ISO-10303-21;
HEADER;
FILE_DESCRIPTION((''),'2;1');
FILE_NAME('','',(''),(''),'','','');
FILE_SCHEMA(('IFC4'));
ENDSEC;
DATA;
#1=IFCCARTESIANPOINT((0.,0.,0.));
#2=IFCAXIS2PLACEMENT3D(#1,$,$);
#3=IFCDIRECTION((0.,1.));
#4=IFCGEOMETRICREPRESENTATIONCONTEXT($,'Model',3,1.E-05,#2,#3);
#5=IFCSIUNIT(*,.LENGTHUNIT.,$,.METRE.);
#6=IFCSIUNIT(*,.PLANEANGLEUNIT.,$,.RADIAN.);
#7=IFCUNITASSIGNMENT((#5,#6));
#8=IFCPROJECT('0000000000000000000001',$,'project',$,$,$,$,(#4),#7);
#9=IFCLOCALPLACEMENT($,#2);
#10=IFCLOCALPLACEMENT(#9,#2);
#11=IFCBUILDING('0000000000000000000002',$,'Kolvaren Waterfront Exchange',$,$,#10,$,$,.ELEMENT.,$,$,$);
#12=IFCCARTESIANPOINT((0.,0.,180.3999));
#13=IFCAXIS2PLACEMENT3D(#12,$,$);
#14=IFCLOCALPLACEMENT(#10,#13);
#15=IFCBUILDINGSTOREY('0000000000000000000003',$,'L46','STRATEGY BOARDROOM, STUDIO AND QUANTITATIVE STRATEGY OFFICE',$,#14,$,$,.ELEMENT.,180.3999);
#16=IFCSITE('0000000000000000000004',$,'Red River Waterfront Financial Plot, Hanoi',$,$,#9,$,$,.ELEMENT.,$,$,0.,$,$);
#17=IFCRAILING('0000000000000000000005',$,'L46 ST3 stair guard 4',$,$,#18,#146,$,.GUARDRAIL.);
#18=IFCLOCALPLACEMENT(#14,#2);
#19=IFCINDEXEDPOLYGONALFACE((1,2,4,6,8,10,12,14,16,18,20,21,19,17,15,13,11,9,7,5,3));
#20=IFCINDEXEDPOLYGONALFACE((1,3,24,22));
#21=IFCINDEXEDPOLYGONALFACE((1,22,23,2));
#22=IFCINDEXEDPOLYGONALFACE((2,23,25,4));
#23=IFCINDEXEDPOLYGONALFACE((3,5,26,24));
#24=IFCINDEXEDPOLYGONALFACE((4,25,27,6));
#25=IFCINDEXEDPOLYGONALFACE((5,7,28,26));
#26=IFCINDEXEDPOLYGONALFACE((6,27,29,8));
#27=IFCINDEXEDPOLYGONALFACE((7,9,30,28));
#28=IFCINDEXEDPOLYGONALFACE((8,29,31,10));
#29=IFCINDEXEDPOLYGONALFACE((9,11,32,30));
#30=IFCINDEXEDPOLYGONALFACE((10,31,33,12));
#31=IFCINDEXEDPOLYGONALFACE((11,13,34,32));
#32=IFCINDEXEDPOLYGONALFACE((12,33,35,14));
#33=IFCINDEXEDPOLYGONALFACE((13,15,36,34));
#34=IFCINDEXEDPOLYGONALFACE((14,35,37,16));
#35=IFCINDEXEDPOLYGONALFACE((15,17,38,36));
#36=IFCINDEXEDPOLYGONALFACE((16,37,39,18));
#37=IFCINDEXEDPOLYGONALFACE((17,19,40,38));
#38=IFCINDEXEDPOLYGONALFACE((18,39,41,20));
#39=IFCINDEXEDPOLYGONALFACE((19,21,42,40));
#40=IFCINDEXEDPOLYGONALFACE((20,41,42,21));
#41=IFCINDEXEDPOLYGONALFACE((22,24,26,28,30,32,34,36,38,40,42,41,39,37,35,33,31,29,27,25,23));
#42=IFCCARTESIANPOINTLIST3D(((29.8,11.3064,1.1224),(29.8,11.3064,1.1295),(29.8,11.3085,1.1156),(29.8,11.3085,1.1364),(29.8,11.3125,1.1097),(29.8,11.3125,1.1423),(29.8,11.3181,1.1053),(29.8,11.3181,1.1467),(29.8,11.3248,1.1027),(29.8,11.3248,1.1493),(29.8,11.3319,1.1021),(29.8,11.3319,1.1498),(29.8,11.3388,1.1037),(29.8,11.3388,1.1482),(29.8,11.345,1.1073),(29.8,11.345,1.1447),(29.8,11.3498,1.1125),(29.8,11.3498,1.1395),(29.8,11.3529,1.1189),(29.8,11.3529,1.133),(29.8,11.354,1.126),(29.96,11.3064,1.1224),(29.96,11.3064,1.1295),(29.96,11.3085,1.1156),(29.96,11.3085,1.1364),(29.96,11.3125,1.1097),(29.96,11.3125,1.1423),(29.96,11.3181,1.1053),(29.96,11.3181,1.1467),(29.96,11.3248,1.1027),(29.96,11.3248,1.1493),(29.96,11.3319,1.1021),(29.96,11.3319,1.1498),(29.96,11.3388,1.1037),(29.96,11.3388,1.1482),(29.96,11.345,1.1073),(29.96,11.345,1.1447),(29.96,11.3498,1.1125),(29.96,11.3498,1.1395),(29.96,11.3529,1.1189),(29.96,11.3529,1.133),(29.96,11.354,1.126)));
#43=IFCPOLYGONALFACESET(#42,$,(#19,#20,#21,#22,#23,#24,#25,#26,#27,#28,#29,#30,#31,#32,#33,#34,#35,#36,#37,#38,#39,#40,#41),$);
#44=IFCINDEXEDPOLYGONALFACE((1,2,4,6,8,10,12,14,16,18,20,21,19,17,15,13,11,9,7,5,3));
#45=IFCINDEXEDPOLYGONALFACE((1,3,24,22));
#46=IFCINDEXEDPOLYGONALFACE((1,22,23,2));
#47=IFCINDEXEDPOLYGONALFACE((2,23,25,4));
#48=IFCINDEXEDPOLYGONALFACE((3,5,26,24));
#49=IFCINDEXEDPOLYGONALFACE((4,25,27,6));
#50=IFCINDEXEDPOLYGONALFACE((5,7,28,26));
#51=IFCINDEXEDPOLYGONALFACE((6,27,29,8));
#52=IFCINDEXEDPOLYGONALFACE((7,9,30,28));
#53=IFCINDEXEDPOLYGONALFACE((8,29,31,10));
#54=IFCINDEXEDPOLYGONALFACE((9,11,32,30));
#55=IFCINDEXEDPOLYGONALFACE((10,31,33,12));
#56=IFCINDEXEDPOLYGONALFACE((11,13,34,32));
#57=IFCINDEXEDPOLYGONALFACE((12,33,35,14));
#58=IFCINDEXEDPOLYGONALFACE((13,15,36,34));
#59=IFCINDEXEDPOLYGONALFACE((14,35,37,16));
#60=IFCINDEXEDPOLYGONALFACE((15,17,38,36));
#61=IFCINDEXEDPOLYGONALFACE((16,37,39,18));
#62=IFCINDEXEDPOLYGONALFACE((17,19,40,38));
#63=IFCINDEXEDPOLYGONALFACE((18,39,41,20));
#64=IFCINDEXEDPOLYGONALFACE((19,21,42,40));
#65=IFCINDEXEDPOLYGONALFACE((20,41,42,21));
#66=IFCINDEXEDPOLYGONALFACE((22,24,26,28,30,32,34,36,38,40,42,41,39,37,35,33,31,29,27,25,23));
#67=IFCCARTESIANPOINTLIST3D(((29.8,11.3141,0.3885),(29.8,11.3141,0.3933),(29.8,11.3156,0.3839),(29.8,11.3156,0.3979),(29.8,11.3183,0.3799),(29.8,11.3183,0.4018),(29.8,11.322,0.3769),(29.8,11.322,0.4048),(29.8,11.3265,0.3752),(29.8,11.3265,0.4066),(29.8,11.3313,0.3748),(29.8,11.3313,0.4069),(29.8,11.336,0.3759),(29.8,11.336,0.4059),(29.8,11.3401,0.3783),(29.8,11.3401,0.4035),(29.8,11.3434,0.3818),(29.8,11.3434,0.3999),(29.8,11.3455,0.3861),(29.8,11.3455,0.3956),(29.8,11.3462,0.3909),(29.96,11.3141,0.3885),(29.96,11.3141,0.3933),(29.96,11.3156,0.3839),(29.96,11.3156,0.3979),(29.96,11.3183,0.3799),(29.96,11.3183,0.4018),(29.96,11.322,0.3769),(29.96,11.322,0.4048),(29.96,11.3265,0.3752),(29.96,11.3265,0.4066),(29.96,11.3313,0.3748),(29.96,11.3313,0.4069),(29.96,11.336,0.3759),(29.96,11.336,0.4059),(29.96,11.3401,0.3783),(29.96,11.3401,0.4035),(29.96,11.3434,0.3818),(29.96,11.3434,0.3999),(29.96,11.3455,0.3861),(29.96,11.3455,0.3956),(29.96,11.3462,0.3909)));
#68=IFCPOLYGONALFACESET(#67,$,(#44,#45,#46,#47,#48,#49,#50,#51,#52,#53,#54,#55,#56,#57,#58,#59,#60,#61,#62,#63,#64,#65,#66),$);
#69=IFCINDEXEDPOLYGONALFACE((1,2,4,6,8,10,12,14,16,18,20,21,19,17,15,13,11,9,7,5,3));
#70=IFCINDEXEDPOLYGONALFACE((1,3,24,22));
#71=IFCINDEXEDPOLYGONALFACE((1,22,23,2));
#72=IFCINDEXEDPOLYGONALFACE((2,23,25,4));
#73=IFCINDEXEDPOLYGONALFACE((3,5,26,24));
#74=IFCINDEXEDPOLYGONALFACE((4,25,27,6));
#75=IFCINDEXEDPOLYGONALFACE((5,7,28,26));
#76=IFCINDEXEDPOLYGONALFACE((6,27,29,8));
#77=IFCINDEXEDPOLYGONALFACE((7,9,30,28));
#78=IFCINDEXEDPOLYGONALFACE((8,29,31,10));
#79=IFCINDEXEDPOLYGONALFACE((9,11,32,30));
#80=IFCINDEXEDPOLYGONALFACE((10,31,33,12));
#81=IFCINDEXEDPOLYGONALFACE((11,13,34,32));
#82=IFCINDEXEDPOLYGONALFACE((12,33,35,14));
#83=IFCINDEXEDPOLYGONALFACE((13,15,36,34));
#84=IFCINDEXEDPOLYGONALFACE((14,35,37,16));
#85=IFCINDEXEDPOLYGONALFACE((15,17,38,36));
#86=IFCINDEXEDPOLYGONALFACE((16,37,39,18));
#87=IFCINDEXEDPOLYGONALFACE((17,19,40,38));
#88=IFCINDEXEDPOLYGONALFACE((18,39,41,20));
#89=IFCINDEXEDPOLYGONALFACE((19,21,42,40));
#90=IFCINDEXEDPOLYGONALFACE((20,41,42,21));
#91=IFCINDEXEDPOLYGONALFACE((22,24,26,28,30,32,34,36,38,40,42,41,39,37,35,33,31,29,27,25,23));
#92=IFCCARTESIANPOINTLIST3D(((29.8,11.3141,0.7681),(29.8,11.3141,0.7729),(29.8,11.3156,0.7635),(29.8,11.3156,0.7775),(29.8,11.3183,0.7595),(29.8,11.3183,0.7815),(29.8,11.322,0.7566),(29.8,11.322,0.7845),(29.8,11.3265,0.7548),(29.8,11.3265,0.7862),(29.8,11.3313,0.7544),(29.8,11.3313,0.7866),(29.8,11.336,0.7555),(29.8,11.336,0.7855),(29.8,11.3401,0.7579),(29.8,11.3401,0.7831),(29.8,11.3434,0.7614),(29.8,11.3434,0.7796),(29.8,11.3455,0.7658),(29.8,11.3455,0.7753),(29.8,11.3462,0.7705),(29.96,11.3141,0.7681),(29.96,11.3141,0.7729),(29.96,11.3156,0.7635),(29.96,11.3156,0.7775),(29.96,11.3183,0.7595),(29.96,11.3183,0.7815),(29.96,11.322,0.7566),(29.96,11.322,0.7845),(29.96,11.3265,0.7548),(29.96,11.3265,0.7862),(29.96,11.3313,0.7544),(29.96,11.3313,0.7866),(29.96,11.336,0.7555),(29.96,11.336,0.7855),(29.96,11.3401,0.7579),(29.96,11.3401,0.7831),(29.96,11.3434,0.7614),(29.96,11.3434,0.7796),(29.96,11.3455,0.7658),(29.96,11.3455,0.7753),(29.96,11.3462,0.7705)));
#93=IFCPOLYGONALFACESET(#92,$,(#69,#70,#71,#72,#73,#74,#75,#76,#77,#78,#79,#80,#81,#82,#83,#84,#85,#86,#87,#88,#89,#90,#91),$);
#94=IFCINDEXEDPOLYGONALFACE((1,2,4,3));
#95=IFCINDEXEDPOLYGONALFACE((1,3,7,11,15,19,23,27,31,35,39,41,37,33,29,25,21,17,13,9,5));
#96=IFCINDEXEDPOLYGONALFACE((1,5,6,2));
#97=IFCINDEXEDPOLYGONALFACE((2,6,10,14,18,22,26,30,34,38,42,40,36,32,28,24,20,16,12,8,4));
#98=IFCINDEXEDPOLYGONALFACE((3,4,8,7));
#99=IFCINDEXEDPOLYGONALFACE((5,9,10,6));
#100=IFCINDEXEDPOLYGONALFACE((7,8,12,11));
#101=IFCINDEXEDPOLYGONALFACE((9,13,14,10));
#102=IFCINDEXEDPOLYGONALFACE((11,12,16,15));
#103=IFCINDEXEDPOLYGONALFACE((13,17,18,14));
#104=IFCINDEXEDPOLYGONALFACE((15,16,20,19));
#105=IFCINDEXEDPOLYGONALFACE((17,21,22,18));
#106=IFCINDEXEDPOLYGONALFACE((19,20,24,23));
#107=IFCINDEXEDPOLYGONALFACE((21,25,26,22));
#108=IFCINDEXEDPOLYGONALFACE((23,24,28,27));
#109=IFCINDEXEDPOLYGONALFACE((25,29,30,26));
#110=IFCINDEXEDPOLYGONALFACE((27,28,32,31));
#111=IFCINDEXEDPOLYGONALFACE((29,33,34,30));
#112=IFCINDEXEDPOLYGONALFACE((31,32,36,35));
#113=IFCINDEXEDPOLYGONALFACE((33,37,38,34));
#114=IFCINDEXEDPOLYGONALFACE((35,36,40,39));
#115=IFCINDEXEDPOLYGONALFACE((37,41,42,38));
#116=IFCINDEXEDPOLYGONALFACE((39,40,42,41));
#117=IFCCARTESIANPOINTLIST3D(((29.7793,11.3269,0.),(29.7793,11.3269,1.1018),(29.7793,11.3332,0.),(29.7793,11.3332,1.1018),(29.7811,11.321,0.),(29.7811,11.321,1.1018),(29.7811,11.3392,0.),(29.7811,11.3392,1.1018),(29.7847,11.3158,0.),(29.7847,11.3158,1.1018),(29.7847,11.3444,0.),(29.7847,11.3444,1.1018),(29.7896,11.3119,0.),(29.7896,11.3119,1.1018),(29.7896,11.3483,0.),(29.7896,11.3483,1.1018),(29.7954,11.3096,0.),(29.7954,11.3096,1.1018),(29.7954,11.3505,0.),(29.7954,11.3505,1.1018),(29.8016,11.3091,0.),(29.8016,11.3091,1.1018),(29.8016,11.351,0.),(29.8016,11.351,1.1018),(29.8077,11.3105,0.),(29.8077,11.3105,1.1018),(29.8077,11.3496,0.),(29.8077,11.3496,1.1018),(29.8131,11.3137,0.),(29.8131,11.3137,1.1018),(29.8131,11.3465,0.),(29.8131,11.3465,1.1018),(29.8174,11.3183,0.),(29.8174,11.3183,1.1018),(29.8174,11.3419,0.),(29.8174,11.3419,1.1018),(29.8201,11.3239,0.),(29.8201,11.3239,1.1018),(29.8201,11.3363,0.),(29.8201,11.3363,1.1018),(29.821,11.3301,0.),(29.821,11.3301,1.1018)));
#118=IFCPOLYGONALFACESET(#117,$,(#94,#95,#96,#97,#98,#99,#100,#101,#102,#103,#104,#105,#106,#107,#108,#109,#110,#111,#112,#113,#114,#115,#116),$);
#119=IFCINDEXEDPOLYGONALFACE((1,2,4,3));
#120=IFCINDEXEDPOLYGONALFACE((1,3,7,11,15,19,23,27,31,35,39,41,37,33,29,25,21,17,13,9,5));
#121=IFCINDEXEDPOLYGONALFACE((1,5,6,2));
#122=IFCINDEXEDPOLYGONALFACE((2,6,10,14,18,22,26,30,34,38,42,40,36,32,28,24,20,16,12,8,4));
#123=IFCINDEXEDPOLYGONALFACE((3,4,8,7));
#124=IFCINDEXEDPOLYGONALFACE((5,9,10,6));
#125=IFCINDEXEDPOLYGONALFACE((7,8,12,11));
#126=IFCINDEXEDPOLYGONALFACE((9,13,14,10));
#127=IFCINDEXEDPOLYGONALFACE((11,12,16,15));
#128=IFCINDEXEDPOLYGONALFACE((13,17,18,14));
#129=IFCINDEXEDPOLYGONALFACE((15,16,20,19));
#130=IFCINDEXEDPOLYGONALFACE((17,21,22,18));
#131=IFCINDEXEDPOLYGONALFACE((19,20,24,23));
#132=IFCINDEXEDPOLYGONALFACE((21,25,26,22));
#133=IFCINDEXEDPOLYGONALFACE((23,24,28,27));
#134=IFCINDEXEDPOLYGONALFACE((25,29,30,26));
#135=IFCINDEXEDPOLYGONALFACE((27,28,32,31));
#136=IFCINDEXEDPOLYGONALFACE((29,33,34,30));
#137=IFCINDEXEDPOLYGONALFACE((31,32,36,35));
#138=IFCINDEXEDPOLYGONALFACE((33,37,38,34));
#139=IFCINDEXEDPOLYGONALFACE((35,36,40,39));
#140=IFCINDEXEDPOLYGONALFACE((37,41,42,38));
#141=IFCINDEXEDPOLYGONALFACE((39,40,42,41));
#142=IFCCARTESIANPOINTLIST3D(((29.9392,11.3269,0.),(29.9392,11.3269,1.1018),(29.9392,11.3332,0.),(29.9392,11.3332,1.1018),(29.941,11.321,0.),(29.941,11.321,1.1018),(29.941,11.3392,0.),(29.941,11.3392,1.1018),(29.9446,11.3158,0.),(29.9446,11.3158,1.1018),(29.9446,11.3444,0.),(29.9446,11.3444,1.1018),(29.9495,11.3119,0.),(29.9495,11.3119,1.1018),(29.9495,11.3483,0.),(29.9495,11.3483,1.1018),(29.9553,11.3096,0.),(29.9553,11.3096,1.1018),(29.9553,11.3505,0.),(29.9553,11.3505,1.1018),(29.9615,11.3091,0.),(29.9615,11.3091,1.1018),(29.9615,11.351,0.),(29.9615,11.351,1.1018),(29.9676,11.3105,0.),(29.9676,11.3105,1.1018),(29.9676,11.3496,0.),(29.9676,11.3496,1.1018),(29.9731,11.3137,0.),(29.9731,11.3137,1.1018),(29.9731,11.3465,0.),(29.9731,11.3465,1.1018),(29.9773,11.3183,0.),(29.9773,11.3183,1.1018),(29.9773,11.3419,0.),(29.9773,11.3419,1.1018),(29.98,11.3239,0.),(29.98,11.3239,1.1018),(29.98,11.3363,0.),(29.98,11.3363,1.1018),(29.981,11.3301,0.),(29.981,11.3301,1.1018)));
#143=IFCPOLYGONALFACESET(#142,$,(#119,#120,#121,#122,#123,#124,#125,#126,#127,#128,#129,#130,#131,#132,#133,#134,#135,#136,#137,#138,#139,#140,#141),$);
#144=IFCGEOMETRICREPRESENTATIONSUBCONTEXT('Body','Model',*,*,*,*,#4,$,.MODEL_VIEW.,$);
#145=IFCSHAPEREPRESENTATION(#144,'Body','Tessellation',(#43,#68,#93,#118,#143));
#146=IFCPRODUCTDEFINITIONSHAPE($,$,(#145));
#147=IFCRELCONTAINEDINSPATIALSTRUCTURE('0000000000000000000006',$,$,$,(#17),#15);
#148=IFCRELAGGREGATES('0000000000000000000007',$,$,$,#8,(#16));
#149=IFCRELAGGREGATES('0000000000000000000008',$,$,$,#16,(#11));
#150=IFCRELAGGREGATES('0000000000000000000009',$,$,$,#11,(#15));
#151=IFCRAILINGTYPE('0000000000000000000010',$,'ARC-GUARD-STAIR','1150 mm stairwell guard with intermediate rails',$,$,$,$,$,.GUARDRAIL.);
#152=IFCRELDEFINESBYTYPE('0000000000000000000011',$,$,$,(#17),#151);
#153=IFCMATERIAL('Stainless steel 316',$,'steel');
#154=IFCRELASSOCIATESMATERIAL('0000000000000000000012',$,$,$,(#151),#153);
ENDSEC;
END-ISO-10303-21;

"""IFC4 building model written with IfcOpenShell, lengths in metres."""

from ifc_helpers import new_model, si_unit, direction, frame, origin, origin_2d, place, context, subcontext, project, spatial, circle, extrude, material, type_object, element, save


model = new_model("IFC4")

# Units and contexts
model_context = context("Model", 3, precision=1e-05, world=origin(), true_north=direction((0.0, 1.0)))
body_context = subcontext(model_context, "Body", "Model", "MODEL_VIEW")
ifc_project = project(units=[si_unit("LENGTHUNIT", "METRE"), si_unit("PLANEANGLEUNIT", "RADIAN")], contexts=[model_context])

# Site, building, storey
site_placement = place(None, origin())
site = spatial("IfcSite", under=ifc_project, at=site_placement, Name="Red River Waterfront Financial Plot, Hanoi", CompositionType="ELEMENT", RefElevation=0.0)
building_placement = place(site_placement, origin())
building = spatial("IfcBuilding", under=site, at=building_placement, Name="Kolvaren Waterfront Exchange", CompositionType="ELEMENT")
storey_placement = place(building_placement, frame((0.0, 0.0, 180.3999)))
storey = spatial("IfcBuildingStorey", under=building, at=storey_placement, Name="L46", Description="STRATEGY BOARDROOM, STUDIO AND QUANTITATIVE STRATEGY OFFICE", CompositionType="ELEMENT", Elevation=180.3999)

# Railing
ifc_material_1 = material(Name="Stainless steel 316", Category="steel")
railing_type_1 = type_object("IfcRailingType", Name="ARC-GUARD-STAIR", Description="1150 mm stairwell guard with intermediate rails", PredefinedType="GUARDRAIL", material=ifc_material_1)
railing_1_placement = place(storey_placement, frame((29.8, 11.3301, 0.0)))
element("IfcRailing", 1, at=railing_1_placement, inside=storey, type_object=railing_type_1, Name="L46 ST3 stair guard 4", PredefinedType="GUARDRAIL", context=body_context, shape_type="SweptSolid", body=[
    extrude(circle(Radius=0.0239, at=origin_2d()), frame((0.0, 0.0, 1.126), z_axis=(1.0, 0.0, 0.0), x_axis=(0.0, 1.0, 0.0)), (0.0, 0.0, 1.0), 0.1599),
    extrude(circle(Radius=0.0161, at=origin_2d()), frame((0.0, 0.0, 0.3909), z_axis=(1.0, 0.0, 0.0), x_axis=(0.0, 1.0, 0.0)), (0.0, 0.0, 1.0), 0.1599),
    extrude(circle(Radius=0.0161, at=origin_2d()), frame((0.0, 0.0, 0.7705), z_axis=(1.0, 0.0, 0.0), x_axis=(0.0, 1.0, 0.0)), (0.0, 0.0, 1.0), 0.1599),
    extrude(circle(Radius=0.021, at=origin_2d()), origin(), (0.0, 0.0, 1.0), 1.1018),
    extrude(circle(Radius=0.021, at=origin_2d()), frame((0.1599, 0.0, 0.0)), (0.0, 0.0, 1.0), 1.1018),
])

save(model, "model.ifc")
